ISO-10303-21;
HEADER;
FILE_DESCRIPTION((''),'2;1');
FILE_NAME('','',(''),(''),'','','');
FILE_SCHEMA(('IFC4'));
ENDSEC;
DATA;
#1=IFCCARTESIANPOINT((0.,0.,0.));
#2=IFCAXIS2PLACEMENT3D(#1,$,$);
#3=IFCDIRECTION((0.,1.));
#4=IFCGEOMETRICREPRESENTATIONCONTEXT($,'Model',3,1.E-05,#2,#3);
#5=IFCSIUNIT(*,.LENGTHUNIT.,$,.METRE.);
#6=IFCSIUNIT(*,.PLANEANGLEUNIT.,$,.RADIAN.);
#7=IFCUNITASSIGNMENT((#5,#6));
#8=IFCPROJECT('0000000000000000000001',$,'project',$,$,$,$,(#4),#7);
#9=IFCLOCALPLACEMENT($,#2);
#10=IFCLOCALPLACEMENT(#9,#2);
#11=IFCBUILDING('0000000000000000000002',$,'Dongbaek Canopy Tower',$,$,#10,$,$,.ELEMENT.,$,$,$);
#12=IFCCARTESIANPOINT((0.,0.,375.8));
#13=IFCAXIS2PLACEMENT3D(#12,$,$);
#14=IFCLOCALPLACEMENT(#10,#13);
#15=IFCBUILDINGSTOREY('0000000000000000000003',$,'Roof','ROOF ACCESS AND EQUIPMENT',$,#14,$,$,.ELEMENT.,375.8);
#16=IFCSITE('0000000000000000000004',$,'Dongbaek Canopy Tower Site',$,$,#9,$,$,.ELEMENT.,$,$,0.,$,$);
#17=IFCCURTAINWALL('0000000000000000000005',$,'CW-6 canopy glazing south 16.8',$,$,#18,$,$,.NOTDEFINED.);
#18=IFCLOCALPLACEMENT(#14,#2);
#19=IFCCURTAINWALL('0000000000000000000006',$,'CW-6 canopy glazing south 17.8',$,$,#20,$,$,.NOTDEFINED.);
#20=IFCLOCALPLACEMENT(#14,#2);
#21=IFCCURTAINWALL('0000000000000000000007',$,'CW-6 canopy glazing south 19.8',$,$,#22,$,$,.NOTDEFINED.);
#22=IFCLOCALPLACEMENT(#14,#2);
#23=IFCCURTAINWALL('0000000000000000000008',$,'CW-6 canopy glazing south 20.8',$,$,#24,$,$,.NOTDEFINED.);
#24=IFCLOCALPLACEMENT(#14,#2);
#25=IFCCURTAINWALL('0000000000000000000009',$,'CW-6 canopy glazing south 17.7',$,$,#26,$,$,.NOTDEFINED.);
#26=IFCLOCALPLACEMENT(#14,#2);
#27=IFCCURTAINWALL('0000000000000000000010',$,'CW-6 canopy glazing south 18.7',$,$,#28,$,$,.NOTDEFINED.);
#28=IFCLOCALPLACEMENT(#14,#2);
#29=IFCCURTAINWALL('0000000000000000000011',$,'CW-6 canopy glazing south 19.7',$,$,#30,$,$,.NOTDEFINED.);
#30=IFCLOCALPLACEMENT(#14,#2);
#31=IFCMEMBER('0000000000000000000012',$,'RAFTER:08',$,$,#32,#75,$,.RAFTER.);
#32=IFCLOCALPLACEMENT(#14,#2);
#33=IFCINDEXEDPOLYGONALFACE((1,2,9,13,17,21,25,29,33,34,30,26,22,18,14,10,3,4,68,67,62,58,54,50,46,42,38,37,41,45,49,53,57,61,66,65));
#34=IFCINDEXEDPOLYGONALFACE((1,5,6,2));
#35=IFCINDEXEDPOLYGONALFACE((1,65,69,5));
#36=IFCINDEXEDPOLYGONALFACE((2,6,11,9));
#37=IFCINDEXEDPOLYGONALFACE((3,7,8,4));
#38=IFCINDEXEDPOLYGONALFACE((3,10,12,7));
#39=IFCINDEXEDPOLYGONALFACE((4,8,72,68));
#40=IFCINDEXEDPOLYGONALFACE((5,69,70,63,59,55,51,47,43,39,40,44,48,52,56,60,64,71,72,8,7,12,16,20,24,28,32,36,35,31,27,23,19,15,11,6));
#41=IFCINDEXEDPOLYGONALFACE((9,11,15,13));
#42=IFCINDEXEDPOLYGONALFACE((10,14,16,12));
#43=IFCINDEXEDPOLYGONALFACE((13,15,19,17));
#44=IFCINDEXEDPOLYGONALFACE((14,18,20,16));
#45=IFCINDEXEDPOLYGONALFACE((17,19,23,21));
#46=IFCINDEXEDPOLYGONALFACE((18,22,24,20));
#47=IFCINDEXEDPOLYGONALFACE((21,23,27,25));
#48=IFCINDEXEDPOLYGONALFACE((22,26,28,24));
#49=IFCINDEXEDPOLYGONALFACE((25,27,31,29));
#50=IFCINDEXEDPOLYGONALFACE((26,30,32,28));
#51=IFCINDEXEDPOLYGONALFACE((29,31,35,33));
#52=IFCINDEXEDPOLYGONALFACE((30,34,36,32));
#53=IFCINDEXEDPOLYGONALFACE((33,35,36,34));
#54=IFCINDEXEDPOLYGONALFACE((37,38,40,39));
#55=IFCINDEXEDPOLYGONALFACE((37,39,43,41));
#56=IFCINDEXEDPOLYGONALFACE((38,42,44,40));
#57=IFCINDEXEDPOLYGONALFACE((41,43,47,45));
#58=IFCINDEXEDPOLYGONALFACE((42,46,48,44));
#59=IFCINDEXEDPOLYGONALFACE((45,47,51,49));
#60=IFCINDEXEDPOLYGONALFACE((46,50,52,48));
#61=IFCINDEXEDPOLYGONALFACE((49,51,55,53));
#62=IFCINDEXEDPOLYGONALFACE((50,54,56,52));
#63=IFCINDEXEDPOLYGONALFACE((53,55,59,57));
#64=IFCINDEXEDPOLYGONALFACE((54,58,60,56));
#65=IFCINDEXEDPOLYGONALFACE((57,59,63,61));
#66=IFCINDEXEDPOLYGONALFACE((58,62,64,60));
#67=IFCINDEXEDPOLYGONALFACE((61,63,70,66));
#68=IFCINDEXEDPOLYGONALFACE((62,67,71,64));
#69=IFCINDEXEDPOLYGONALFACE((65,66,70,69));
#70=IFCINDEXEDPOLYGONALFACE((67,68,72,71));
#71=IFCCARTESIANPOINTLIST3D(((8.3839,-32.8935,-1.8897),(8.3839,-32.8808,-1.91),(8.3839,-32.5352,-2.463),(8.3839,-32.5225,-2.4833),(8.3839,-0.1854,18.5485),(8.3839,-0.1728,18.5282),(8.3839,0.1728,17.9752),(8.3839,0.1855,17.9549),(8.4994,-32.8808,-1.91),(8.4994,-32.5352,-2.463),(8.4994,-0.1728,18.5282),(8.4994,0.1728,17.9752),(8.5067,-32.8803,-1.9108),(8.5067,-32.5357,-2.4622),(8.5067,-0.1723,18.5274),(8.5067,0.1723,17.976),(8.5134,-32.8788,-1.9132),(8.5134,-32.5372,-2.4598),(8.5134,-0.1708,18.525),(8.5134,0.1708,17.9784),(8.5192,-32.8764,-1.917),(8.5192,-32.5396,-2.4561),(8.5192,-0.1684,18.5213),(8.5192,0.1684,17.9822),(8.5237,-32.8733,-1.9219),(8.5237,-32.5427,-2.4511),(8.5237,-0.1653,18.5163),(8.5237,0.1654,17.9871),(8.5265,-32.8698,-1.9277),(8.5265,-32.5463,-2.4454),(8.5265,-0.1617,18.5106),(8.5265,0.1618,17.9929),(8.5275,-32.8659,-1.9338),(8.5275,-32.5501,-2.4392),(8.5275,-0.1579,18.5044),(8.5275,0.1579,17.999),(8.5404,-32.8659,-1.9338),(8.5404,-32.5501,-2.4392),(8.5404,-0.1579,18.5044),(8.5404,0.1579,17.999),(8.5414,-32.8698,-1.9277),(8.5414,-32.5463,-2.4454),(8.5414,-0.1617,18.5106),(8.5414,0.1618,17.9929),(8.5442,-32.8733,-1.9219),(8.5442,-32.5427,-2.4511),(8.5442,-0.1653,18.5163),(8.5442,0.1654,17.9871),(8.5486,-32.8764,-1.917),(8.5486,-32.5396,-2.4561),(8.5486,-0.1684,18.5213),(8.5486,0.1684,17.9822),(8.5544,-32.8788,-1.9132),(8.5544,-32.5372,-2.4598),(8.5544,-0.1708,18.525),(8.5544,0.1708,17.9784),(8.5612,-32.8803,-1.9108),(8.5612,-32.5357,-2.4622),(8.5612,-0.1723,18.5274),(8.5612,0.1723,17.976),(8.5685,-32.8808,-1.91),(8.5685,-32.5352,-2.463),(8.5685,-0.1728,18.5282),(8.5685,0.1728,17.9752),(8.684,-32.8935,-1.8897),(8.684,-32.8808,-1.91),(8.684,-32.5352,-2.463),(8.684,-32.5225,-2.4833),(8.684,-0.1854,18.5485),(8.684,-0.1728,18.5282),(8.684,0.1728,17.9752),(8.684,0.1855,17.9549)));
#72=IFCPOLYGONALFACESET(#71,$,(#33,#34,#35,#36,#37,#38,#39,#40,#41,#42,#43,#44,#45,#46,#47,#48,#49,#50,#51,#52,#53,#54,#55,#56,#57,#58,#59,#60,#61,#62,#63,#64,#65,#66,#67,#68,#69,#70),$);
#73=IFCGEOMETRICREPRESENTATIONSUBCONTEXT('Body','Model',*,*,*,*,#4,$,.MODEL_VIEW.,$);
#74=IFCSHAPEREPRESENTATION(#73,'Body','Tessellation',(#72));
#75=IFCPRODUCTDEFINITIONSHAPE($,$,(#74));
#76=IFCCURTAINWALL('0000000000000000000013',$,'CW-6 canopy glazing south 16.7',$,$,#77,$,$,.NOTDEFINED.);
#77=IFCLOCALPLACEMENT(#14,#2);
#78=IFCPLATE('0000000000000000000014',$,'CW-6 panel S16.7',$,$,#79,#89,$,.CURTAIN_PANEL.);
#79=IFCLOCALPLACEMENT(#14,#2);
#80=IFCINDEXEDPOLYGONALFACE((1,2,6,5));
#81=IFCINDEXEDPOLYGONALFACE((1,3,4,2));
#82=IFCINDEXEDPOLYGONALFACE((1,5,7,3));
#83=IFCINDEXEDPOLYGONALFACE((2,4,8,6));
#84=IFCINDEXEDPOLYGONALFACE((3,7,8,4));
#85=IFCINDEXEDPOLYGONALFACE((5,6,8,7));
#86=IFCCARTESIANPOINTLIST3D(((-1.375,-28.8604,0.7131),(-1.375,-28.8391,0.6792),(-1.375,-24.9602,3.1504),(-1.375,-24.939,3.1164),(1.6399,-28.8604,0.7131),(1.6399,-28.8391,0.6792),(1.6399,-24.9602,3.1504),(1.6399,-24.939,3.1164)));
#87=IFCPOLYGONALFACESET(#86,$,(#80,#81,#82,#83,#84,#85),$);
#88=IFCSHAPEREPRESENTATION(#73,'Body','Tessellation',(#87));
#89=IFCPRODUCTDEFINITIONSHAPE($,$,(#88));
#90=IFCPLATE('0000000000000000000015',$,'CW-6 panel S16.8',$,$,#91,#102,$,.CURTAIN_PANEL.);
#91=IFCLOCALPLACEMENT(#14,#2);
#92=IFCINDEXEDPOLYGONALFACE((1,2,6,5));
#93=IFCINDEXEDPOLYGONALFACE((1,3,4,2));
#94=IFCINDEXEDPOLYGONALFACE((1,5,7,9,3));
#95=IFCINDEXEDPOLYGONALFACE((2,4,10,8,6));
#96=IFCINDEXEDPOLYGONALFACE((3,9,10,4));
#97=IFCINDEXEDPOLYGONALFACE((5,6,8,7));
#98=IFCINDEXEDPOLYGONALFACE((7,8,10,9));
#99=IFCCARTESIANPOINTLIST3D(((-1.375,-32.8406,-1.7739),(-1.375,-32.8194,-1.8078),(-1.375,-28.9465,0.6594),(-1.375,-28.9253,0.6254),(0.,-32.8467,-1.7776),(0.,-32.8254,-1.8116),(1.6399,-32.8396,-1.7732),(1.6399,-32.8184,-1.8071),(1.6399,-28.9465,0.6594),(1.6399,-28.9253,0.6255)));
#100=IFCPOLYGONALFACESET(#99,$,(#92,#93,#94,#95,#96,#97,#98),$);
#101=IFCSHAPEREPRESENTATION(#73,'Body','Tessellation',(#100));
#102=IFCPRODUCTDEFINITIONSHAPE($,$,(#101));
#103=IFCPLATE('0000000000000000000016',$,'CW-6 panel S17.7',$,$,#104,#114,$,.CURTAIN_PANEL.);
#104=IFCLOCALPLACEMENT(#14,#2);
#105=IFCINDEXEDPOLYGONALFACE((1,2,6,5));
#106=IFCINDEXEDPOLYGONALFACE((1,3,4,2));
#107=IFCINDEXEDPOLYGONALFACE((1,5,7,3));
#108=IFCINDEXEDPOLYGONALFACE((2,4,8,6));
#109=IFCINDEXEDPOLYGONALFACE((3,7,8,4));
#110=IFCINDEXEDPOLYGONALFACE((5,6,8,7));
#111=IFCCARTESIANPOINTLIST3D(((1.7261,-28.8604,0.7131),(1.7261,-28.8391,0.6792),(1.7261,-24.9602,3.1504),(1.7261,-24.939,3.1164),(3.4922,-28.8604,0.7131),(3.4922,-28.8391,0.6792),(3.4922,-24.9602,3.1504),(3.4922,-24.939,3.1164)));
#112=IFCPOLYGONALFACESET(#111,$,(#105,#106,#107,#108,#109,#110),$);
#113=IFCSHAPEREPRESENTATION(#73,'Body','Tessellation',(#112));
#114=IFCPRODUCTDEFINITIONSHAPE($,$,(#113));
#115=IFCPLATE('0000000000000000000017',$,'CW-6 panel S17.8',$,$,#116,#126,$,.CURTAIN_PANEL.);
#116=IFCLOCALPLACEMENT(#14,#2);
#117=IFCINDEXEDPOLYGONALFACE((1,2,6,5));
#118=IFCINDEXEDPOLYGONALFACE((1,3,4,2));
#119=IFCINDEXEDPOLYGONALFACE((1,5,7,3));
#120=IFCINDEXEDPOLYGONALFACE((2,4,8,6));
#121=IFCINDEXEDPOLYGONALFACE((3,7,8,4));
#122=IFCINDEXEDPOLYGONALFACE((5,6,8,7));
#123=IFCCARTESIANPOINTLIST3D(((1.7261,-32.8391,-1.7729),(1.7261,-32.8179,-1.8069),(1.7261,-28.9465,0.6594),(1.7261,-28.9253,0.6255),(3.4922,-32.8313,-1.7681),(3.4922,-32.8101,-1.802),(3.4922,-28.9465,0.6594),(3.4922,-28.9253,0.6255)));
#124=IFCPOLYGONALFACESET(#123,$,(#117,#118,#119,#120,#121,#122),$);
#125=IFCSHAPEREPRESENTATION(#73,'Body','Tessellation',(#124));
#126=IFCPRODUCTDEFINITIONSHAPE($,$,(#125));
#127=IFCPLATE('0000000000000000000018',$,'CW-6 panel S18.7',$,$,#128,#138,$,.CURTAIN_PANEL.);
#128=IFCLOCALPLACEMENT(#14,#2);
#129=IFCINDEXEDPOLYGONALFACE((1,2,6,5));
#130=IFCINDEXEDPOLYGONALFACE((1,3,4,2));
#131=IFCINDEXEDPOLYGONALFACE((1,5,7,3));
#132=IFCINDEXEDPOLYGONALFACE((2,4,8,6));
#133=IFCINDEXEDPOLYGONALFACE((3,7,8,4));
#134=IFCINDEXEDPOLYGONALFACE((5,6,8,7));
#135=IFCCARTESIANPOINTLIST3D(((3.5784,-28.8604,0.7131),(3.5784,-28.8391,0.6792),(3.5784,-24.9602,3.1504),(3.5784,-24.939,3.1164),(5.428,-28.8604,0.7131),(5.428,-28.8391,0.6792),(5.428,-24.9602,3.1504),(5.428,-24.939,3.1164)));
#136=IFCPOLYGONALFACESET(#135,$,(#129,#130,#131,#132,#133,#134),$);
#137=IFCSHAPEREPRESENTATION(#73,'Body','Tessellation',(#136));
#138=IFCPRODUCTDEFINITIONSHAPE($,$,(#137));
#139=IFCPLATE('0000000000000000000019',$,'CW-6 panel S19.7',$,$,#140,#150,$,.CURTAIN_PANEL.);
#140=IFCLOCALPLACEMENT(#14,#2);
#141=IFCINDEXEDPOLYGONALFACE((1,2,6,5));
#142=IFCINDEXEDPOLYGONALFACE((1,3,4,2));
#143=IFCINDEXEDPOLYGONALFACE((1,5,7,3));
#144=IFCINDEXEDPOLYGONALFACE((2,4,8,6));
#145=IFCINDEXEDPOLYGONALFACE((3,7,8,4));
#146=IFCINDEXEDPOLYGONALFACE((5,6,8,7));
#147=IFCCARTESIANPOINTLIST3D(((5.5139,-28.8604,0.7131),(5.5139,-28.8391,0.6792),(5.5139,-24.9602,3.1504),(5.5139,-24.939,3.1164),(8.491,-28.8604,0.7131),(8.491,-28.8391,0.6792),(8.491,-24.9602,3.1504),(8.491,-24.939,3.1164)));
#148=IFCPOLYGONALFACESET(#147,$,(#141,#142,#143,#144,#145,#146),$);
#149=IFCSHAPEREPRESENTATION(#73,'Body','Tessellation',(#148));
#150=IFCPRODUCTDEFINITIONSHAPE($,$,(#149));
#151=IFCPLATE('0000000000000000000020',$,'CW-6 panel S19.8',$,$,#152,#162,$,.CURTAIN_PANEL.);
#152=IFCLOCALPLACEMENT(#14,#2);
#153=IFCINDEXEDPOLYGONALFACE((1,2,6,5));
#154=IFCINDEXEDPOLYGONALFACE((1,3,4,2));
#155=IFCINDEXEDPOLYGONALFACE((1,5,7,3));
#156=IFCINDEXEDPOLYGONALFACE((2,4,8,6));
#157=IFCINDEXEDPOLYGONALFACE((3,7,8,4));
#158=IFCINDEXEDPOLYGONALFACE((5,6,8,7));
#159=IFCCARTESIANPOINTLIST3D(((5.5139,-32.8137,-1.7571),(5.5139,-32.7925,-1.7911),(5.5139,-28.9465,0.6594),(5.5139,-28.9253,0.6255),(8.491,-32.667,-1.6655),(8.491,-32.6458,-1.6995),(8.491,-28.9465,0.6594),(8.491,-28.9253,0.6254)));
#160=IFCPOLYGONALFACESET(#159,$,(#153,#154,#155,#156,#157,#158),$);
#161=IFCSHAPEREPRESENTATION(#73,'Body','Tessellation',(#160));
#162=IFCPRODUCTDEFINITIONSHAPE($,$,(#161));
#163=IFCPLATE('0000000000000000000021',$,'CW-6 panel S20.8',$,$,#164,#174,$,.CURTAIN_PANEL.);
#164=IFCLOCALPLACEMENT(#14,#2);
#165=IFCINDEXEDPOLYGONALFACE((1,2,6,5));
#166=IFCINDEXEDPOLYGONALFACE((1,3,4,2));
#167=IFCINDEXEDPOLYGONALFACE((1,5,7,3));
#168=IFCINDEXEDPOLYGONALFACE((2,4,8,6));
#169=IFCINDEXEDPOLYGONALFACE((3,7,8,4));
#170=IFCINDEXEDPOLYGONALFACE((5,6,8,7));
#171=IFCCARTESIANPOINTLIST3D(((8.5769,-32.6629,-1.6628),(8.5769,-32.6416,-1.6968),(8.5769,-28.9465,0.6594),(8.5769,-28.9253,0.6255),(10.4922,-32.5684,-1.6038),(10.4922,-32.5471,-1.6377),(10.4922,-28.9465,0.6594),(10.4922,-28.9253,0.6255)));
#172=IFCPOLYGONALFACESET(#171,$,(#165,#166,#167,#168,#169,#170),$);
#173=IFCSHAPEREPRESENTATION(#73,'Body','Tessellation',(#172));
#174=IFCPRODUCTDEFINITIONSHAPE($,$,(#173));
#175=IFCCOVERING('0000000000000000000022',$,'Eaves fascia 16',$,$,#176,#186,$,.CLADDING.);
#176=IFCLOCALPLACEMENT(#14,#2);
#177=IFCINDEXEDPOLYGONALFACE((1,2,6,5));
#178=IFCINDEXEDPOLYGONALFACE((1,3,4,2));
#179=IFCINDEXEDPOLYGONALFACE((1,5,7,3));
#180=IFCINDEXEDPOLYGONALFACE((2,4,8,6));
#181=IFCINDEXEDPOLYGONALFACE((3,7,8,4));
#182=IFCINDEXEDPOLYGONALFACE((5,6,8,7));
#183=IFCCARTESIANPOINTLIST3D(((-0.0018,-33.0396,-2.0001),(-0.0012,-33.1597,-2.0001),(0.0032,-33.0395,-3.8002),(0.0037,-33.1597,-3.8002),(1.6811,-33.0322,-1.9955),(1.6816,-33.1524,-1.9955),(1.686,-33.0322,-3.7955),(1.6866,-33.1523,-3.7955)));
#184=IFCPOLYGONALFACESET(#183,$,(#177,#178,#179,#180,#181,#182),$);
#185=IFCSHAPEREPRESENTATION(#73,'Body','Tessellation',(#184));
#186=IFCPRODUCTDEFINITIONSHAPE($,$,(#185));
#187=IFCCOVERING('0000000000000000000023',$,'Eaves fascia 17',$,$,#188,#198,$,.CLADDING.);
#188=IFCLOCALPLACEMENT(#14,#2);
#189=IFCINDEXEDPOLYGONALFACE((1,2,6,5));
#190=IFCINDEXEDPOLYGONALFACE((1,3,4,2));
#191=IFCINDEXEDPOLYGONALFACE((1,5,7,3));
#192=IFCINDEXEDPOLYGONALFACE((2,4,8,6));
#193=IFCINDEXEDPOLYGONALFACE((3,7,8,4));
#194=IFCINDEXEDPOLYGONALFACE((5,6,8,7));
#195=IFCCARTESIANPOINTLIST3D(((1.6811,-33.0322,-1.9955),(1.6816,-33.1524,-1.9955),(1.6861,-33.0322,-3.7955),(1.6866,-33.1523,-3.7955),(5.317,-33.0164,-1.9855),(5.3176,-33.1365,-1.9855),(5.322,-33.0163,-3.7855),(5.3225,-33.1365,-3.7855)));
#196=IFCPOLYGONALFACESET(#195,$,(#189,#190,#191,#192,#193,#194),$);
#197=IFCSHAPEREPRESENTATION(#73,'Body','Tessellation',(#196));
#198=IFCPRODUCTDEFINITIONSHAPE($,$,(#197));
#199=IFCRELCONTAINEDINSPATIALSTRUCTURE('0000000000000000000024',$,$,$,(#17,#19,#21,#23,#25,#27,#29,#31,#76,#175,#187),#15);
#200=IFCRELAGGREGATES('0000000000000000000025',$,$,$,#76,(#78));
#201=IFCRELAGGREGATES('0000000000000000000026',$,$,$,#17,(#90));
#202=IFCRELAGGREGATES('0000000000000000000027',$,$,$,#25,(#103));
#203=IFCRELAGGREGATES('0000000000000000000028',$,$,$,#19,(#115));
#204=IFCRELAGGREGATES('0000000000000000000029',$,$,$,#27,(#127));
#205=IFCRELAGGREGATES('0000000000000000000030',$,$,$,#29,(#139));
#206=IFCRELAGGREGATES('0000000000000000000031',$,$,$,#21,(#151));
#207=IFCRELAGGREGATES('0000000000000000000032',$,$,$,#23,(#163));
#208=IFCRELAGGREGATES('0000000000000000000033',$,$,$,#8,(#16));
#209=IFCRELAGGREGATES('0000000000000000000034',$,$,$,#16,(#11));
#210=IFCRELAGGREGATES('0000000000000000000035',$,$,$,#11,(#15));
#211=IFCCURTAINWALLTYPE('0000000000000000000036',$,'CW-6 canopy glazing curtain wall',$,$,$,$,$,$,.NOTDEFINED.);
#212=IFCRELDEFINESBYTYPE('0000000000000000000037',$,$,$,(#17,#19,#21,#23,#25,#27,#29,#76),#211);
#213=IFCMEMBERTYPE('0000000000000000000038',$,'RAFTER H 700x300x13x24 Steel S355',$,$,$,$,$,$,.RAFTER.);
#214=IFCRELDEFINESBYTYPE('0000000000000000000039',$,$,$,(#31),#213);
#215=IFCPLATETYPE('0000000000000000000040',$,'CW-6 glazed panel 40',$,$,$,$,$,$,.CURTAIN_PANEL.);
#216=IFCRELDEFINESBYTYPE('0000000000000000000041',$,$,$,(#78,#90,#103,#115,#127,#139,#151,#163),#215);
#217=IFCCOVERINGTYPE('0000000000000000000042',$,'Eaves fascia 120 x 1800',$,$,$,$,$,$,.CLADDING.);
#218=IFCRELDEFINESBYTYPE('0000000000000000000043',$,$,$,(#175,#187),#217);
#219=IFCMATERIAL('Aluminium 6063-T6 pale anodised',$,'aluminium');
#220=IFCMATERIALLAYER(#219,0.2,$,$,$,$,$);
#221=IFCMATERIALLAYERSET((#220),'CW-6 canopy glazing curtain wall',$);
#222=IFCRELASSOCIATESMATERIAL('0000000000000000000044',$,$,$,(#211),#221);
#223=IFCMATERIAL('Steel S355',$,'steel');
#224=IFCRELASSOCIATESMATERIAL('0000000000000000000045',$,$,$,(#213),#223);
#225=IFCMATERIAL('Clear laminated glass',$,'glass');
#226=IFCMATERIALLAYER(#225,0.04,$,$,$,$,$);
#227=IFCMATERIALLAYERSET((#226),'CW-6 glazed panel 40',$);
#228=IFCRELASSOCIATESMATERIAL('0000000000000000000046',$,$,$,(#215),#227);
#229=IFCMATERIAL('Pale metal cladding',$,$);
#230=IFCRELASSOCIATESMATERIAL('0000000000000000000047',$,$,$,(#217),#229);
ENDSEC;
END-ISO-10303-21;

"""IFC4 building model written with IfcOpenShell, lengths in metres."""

from ifc_helpers import new_model, si_unit, direction, frame, origin, origin_2d, place, context, subcontext, project, spatial, polyline, rectangle, i_section, outline, extrude, material, layer, layer_set, material_profile, profile_set, type_object, element, aggregate, save


model = new_model("IFC4")

# Units and contexts
model_context = context("Model", 3, precision=1e-05, world=origin(), true_north=direction((0.0, 1.0)))
body_context = subcontext(model_context, "Body", "Model", "MODEL_VIEW")
ifc_project = project(units=[si_unit("LENGTHUNIT", "METRE"), si_unit("PLANEANGLEUNIT", "RADIAN")], contexts=[model_context])

# Site, building, storey
site_placement = place(None, origin())
site = spatial("IfcSite", under=ifc_project, at=site_placement, Name="Dongbaek Canopy Tower Site", CompositionType="ELEMENT", RefElevation=0.0)
building_placement = place(site_placement, origin())
building = spatial("IfcBuilding", under=site, at=building_placement, Name="Dongbaek Canopy Tower", CompositionType="ELEMENT")
storey_placement = place(building_placement, frame((0.0, 0.0, 375.8)))
storey = spatial("IfcBuildingStorey", under=building, at=storey_placement, Name="Roof", Description="ROOF ACCESS AND EQUIPMENT", CompositionType="ELEMENT", Elevation=375.8)

# Curtain walls
ifc_material_1 = material(Name="Aluminium 6063-T6 pale anodised", Category="aluminium")
ifc_layer_1 = layer(ifc_material_1, 0.2)
ifc_layer_set_1 = layer_set([ifc_layer_1], Name="CW-6 canopy glazing curtain wall")
curtain_wall_type = type_object("IfcCurtainWallType", Name="CW-6 canopy glazing curtain wall", PredefinedType="NOTDEFINED", material=ifc_layer_set_1)
curtain_wall_1_placement = place(storey_placement, origin())
curtain_wall_1 = element("IfcCurtainWall", 1, at=curtain_wall_1_placement, inside=storey, type_object=curtain_wall_type, Name="CW-6 canopy glazing south 16.8", PredefinedType="NOTDEFINED")
curtain_wall_2_placement = place(storey_placement, origin())
curtain_wall_2 = element("IfcCurtainWall", 2, at=curtain_wall_2_placement, inside=storey, type_object=curtain_wall_type, Name="CW-6 canopy glazing south 17.8", PredefinedType="NOTDEFINED")
curtain_wall_3_placement = place(storey_placement, origin())
curtain_wall_3 = element("IfcCurtainWall", 3, at=curtain_wall_3_placement, inside=storey, type_object=curtain_wall_type, Name="CW-6 canopy glazing south 19.8", PredefinedType="NOTDEFINED")
curtain_wall_4_placement = place(storey_placement, origin())
curtain_wall_4 = element("IfcCurtainWall", 4, at=curtain_wall_4_placement, inside=storey, type_object=curtain_wall_type, Name="CW-6 canopy glazing south 20.8", PredefinedType="NOTDEFINED")
curtain_wall_5_placement = place(storey_placement, origin())
curtain_wall_5 = element("IfcCurtainWall", 5, at=curtain_wall_5_placement, inside=storey, type_object=curtain_wall_type, Name="CW-6 canopy glazing south 17.7", PredefinedType="NOTDEFINED")
curtain_wall_6_placement = place(storey_placement, origin())
curtain_wall_6 = element("IfcCurtainWall", 6, at=curtain_wall_6_placement, inside=storey, type_object=curtain_wall_type, Name="CW-6 canopy glazing south 18.7", PredefinedType="NOTDEFINED")
curtain_wall_7_placement = place(storey_placement, origin())
curtain_wall_7 = element("IfcCurtainWall", 7, at=curtain_wall_7_placement, inside=storey, type_object=curtain_wall_type, Name="CW-6 canopy glazing south 19.7", PredefinedType="NOTDEFINED")

# Member
ifc_material_2 = material(Name="Steel S355", Category="steel")
ifc_material_profile_1 = material_profile(ifc_material_2, i_section(OverallWidth=0.3, OverallDepth=0.7, WebThickness=0.0129, FlangeThickness=0.0239, FilletRadius=0.0281, at=origin_2d()), Name="RAFTER H 700x300x13x24 Steel S355")
ifc_profile_set_1 = profile_set([ifc_material_profile_1], Name="Steel S355")
member_type_1 = type_object("IfcMemberType", Name="RAFTER H 700x300x13x24 Steel S355", PredefinedType="RAFTER", material=ifc_profile_set_1)
member_1_placement = place(storey_placement, frame((8.5339, -32.708, -2.1865), z_axis=(0.0, 0.848048, 0.529919), x_axis=(-1.0, 0.0, 0.0)))
element("IfcMember", 8, at=member_1_placement, inside=storey, type_object=member_type_1, Name="RAFTER:08", PredefinedType="RAFTER", context=body_context, shape_type="SweptSolid", body=[
    extrude(i_section(OverallWidth=0.3, OverallDepth=0.7, WebThickness=0.0129, FlangeThickness=0.0239, FilletRadius=0.0281, at=origin_2d()), origin(), (0.0, 0.0, 1.0), 38.5686),
])

# Curtain wall, plate
curtain_wall_8_placement = place(storey_placement, origin())
curtain_wall_8 = element("IfcCurtainWall", 9, at=curtain_wall_8_placement, inside=storey, type_object=curtain_wall_type, Name="CW-6 canopy glazing south 16.7", PredefinedType="NOTDEFINED")
ifc_material_3 = material(Name="Clear laminated glass", Category="glass")
ifc_layer_2 = layer(ifc_material_3, 0.04)
ifc_layer_set_2 = layer_set([ifc_layer_2], Name="CW-6 glazed panel 40")
plate_type = type_object("IfcPlateType", Name="CW-6 glazed panel 40", PredefinedType="CURTAIN_PANEL", material=ifc_layer_set_2)
plate_1_placement = place(storey_placement, frame((1.6399, -28.8604, 0.7131), z_axis=(0.0, -0.529946, 0.848031), x_axis=(-1.0, 0.0, 0.0)))
plate_1 = element("IfcPlate", 10, at=plate_1_placement, type_object=plate_type, Name="CW-6 panel S16.7", PredefinedType="CURTAIN_PANEL", context=body_context, shape_type="SweptSolid", body=[
    extrude(outline(polyline([(0.0, 0.0), (3.0149, 0.0), (3.0149, -4.5991), (0.0, -4.5991), (0.0, 0.0)])), origin(), (0.0, 0.0, -1.0), 0.04),
])
aggregate(curtain_wall_8, [plate_1])

# Plates
plate_2_placement = place(storey_placement, frame((1.6399, -32.8396, -1.7732), z_axis=(-0.000017, -0.529915, 0.848051), x_axis=(-0.999987, -0.0043, -0.002707)))
plate_2 = element("IfcPlate", 11, at=plate_2_placement, type_object=plate_type, Name="CW-6 panel S16.8", PredefinedType="CURTAIN_PANEL", context=body_context, shape_type="SweptSolid", body=[
    extrude(outline(polyline([(0.0, 0.0), (1.6399, 0.0), (3.0149, -0.0141), (2.9915, -4.6059), (-0.0233, -4.5905), (0.0, 0.0)])), origin(), (0.0, 0.0, -1.0), 0.04),
])
aggregate(curtain_wall_1, [plate_2])
plate_3_placement = place(storey_placement, frame((3.4922, -28.8604, 0.7131), z_axis=(0.0, -0.529946, 0.848031), x_axis=(-1.0, 0.0, 0.0)))
plate_3 = element("IfcPlate", 12, at=plate_3_placement, type_object=plate_type, Name="CW-6 panel S17.7", PredefinedType="CURTAIN_PANEL", context=body_context, shape_type="SweptSolid", body=[
    extrude(outline(polyline([(0.0, 0.0), (1.7661, 0.0), (1.7661, -4.5991), (0.0, -4.5991), (0.0, 0.0)])), origin(), (0.0, 0.0, -1.0), 0.04),
])
aggregate(curtain_wall_5, [plate_3])
plate_4_placement = place(storey_placement, frame((3.4922, -32.8313, -1.7681), z_axis=(0.0, -0.529922, 0.848046), x_axis=(-0.999986, -0.004424, -0.002764)))
plate_4 = element("IfcPlate", 13, at=plate_4_placement, type_object=plate_type, Name="CW-6 panel S17.8", PredefinedType="CURTAIN_PANEL", context=body_context, shape_type="SweptSolid", body=[
    extrude(outline(polyline([(0.0, 0.0), (1.7661, 0.0), (1.7422, -4.59), (-0.0239, -4.5808), (0.0, 0.0)])), origin(), (0.0, 0.0, -1.0), 0.04),
])
aggregate(curtain_wall_2, [plate_4])
plate_5_placement = place(storey_placement, frame((5.428, -28.8604, 0.7131), z_axis=(0.0, -0.529946, 0.848031), x_axis=(-1.0, 0.0, 0.0)))
plate_5 = element("IfcPlate", 14, at=plate_5_placement, type_object=plate_type, Name="CW-6 panel S18.7", PredefinedType="CURTAIN_PANEL", context=body_context, shape_type="SweptSolid", body=[
    extrude(outline(polyline([(0.0, 0.0), (1.8496, 0.0), (1.8496, -4.5991), (0.0, -4.5991), (0.0, 0.0)])), origin(), (0.0, 0.0, -1.0), 0.04),
])
aggregate(curtain_wall_6, [plate_5])
plate_6_placement = place(storey_placement, frame((8.491, -28.8604, 0.7131), z_axis=(0.0, -0.529946, 0.848031), x_axis=(-1.0, 0.0, 0.0)))
plate_6 = element("IfcPlate", 15, at=plate_6_placement, type_object=plate_type, Name="CW-6 panel S19.7", PredefinedType="CURTAIN_PANEL", context=body_context, shape_type="SweptSolid", body=[
    extrude(outline(polyline([(0.0, 0.0), (2.9771, 0.0), (2.9771, -4.5991), (0.0, -4.5991), (0.0, 0.0)])), origin(), (0.0, 0.0, -1.0), 0.04),
])
aggregate(curtain_wall_7, [plate_6])
plate_7_placement = place(storey_placement, frame((8.491, -32.667, -1.6655), z_axis=(0.000019, -0.529933, 0.84804), x_axis=(-0.998317, -0.049193, -0.030718)))
plate_7 = element("IfcPlate", 16, at=plate_7_placement, type_object=plate_type, Name="CW-6 panel S19.8", PredefinedType="CURTAIN_PANEL", context=body_context, shape_type="SweptSolid", body=[
    extrude(outline(polyline([(0.0, 0.0), (2.9821, 0.0), (2.7176, -4.5524), (-0.2544, -4.3798), (0.0, 0.0)])), origin(), (0.0, 0.0, -1.0), 0.04),
])
aggregate(curtain_wall_3, [plate_7])
plate_8_placement = place(storey_placement, frame((10.4922, -32.5684, -1.6038), z_axis=(-0.000009, -0.529925, 0.848044), x_axis=(-0.998312, -0.049252, -0.030788)))
plate_8 = element("IfcPlate", 17, at=plate_8_placement, type_object=plate_type, Name="CW-6 panel S20.8", PredefinedType="CURTAIN_PANEL", context=body_context, shape_type="SweptSolid", body=[
    extrude(outline(polyline([(0.0, 0.0), (1.9185, 0.0), (1.664, -4.3748), (-0.2481, -4.2636), (0.0, 0.0)])), origin(), (0.0, 0.0, -1.0), 0.04),
])
aggregate(curtain_wall_4, [plate_8])

# Coverings
ifc_material_4 = material(Name="Pale metal cladding")
ifc_material_profile_2 = material_profile(ifc_material_4, rectangle(XDim=0.1201, YDim=1.8, at=origin_2d()), Name="Eaves fascia 120 x 1800")
ifc_profile_set_2 = profile_set([ifc_material_profile_2], Name="Pale metal cladding")
covering_type = type_object("IfcCoveringType", Name="Eaves fascia 120 x 1800", PredefinedType="CLADDING", material=ifc_profile_set_2)
covering_1_placement = place(storey_placement, frame((0.001, -33.0996, -2.9001), z_axis=(0.999987, 0.004352, 0.002756), x_axis=(-0.004352, 0.999991, 0.0)))
element("IfcCovering", 18, at=covering_1_placement, inside=storey, type_object=covering_type, Name="Eaves fascia 16", PredefinedType="CLADDING", context=body_context, shape_type="SweptSolid", body=[
    extrude(rectangle(XDim=0.1201, YDim=1.8, at=origin_2d()), origin(), (0.0, 0.0, 1.0), 1.6829),
])
covering_2_placement = place(storey_placement, frame((1.6838, -33.0923, -2.8955), z_axis=(0.999987, 0.004364, 0.002753), x_axis=(-0.004364, 0.99999, 0.0)))
element("IfcCovering", 19, at=covering_2_placement, inside=storey, type_object=covering_type, Name="Eaves fascia 17", PredefinedType="CLADDING", context=body_context, shape_type="SweptSolid", body=[
    extrude(rectangle(XDim=0.1201, YDim=1.8, at=origin_2d()), origin(), (0.0, 0.0, 1.0), 3.636),
])

save(model, "model.ifc")
